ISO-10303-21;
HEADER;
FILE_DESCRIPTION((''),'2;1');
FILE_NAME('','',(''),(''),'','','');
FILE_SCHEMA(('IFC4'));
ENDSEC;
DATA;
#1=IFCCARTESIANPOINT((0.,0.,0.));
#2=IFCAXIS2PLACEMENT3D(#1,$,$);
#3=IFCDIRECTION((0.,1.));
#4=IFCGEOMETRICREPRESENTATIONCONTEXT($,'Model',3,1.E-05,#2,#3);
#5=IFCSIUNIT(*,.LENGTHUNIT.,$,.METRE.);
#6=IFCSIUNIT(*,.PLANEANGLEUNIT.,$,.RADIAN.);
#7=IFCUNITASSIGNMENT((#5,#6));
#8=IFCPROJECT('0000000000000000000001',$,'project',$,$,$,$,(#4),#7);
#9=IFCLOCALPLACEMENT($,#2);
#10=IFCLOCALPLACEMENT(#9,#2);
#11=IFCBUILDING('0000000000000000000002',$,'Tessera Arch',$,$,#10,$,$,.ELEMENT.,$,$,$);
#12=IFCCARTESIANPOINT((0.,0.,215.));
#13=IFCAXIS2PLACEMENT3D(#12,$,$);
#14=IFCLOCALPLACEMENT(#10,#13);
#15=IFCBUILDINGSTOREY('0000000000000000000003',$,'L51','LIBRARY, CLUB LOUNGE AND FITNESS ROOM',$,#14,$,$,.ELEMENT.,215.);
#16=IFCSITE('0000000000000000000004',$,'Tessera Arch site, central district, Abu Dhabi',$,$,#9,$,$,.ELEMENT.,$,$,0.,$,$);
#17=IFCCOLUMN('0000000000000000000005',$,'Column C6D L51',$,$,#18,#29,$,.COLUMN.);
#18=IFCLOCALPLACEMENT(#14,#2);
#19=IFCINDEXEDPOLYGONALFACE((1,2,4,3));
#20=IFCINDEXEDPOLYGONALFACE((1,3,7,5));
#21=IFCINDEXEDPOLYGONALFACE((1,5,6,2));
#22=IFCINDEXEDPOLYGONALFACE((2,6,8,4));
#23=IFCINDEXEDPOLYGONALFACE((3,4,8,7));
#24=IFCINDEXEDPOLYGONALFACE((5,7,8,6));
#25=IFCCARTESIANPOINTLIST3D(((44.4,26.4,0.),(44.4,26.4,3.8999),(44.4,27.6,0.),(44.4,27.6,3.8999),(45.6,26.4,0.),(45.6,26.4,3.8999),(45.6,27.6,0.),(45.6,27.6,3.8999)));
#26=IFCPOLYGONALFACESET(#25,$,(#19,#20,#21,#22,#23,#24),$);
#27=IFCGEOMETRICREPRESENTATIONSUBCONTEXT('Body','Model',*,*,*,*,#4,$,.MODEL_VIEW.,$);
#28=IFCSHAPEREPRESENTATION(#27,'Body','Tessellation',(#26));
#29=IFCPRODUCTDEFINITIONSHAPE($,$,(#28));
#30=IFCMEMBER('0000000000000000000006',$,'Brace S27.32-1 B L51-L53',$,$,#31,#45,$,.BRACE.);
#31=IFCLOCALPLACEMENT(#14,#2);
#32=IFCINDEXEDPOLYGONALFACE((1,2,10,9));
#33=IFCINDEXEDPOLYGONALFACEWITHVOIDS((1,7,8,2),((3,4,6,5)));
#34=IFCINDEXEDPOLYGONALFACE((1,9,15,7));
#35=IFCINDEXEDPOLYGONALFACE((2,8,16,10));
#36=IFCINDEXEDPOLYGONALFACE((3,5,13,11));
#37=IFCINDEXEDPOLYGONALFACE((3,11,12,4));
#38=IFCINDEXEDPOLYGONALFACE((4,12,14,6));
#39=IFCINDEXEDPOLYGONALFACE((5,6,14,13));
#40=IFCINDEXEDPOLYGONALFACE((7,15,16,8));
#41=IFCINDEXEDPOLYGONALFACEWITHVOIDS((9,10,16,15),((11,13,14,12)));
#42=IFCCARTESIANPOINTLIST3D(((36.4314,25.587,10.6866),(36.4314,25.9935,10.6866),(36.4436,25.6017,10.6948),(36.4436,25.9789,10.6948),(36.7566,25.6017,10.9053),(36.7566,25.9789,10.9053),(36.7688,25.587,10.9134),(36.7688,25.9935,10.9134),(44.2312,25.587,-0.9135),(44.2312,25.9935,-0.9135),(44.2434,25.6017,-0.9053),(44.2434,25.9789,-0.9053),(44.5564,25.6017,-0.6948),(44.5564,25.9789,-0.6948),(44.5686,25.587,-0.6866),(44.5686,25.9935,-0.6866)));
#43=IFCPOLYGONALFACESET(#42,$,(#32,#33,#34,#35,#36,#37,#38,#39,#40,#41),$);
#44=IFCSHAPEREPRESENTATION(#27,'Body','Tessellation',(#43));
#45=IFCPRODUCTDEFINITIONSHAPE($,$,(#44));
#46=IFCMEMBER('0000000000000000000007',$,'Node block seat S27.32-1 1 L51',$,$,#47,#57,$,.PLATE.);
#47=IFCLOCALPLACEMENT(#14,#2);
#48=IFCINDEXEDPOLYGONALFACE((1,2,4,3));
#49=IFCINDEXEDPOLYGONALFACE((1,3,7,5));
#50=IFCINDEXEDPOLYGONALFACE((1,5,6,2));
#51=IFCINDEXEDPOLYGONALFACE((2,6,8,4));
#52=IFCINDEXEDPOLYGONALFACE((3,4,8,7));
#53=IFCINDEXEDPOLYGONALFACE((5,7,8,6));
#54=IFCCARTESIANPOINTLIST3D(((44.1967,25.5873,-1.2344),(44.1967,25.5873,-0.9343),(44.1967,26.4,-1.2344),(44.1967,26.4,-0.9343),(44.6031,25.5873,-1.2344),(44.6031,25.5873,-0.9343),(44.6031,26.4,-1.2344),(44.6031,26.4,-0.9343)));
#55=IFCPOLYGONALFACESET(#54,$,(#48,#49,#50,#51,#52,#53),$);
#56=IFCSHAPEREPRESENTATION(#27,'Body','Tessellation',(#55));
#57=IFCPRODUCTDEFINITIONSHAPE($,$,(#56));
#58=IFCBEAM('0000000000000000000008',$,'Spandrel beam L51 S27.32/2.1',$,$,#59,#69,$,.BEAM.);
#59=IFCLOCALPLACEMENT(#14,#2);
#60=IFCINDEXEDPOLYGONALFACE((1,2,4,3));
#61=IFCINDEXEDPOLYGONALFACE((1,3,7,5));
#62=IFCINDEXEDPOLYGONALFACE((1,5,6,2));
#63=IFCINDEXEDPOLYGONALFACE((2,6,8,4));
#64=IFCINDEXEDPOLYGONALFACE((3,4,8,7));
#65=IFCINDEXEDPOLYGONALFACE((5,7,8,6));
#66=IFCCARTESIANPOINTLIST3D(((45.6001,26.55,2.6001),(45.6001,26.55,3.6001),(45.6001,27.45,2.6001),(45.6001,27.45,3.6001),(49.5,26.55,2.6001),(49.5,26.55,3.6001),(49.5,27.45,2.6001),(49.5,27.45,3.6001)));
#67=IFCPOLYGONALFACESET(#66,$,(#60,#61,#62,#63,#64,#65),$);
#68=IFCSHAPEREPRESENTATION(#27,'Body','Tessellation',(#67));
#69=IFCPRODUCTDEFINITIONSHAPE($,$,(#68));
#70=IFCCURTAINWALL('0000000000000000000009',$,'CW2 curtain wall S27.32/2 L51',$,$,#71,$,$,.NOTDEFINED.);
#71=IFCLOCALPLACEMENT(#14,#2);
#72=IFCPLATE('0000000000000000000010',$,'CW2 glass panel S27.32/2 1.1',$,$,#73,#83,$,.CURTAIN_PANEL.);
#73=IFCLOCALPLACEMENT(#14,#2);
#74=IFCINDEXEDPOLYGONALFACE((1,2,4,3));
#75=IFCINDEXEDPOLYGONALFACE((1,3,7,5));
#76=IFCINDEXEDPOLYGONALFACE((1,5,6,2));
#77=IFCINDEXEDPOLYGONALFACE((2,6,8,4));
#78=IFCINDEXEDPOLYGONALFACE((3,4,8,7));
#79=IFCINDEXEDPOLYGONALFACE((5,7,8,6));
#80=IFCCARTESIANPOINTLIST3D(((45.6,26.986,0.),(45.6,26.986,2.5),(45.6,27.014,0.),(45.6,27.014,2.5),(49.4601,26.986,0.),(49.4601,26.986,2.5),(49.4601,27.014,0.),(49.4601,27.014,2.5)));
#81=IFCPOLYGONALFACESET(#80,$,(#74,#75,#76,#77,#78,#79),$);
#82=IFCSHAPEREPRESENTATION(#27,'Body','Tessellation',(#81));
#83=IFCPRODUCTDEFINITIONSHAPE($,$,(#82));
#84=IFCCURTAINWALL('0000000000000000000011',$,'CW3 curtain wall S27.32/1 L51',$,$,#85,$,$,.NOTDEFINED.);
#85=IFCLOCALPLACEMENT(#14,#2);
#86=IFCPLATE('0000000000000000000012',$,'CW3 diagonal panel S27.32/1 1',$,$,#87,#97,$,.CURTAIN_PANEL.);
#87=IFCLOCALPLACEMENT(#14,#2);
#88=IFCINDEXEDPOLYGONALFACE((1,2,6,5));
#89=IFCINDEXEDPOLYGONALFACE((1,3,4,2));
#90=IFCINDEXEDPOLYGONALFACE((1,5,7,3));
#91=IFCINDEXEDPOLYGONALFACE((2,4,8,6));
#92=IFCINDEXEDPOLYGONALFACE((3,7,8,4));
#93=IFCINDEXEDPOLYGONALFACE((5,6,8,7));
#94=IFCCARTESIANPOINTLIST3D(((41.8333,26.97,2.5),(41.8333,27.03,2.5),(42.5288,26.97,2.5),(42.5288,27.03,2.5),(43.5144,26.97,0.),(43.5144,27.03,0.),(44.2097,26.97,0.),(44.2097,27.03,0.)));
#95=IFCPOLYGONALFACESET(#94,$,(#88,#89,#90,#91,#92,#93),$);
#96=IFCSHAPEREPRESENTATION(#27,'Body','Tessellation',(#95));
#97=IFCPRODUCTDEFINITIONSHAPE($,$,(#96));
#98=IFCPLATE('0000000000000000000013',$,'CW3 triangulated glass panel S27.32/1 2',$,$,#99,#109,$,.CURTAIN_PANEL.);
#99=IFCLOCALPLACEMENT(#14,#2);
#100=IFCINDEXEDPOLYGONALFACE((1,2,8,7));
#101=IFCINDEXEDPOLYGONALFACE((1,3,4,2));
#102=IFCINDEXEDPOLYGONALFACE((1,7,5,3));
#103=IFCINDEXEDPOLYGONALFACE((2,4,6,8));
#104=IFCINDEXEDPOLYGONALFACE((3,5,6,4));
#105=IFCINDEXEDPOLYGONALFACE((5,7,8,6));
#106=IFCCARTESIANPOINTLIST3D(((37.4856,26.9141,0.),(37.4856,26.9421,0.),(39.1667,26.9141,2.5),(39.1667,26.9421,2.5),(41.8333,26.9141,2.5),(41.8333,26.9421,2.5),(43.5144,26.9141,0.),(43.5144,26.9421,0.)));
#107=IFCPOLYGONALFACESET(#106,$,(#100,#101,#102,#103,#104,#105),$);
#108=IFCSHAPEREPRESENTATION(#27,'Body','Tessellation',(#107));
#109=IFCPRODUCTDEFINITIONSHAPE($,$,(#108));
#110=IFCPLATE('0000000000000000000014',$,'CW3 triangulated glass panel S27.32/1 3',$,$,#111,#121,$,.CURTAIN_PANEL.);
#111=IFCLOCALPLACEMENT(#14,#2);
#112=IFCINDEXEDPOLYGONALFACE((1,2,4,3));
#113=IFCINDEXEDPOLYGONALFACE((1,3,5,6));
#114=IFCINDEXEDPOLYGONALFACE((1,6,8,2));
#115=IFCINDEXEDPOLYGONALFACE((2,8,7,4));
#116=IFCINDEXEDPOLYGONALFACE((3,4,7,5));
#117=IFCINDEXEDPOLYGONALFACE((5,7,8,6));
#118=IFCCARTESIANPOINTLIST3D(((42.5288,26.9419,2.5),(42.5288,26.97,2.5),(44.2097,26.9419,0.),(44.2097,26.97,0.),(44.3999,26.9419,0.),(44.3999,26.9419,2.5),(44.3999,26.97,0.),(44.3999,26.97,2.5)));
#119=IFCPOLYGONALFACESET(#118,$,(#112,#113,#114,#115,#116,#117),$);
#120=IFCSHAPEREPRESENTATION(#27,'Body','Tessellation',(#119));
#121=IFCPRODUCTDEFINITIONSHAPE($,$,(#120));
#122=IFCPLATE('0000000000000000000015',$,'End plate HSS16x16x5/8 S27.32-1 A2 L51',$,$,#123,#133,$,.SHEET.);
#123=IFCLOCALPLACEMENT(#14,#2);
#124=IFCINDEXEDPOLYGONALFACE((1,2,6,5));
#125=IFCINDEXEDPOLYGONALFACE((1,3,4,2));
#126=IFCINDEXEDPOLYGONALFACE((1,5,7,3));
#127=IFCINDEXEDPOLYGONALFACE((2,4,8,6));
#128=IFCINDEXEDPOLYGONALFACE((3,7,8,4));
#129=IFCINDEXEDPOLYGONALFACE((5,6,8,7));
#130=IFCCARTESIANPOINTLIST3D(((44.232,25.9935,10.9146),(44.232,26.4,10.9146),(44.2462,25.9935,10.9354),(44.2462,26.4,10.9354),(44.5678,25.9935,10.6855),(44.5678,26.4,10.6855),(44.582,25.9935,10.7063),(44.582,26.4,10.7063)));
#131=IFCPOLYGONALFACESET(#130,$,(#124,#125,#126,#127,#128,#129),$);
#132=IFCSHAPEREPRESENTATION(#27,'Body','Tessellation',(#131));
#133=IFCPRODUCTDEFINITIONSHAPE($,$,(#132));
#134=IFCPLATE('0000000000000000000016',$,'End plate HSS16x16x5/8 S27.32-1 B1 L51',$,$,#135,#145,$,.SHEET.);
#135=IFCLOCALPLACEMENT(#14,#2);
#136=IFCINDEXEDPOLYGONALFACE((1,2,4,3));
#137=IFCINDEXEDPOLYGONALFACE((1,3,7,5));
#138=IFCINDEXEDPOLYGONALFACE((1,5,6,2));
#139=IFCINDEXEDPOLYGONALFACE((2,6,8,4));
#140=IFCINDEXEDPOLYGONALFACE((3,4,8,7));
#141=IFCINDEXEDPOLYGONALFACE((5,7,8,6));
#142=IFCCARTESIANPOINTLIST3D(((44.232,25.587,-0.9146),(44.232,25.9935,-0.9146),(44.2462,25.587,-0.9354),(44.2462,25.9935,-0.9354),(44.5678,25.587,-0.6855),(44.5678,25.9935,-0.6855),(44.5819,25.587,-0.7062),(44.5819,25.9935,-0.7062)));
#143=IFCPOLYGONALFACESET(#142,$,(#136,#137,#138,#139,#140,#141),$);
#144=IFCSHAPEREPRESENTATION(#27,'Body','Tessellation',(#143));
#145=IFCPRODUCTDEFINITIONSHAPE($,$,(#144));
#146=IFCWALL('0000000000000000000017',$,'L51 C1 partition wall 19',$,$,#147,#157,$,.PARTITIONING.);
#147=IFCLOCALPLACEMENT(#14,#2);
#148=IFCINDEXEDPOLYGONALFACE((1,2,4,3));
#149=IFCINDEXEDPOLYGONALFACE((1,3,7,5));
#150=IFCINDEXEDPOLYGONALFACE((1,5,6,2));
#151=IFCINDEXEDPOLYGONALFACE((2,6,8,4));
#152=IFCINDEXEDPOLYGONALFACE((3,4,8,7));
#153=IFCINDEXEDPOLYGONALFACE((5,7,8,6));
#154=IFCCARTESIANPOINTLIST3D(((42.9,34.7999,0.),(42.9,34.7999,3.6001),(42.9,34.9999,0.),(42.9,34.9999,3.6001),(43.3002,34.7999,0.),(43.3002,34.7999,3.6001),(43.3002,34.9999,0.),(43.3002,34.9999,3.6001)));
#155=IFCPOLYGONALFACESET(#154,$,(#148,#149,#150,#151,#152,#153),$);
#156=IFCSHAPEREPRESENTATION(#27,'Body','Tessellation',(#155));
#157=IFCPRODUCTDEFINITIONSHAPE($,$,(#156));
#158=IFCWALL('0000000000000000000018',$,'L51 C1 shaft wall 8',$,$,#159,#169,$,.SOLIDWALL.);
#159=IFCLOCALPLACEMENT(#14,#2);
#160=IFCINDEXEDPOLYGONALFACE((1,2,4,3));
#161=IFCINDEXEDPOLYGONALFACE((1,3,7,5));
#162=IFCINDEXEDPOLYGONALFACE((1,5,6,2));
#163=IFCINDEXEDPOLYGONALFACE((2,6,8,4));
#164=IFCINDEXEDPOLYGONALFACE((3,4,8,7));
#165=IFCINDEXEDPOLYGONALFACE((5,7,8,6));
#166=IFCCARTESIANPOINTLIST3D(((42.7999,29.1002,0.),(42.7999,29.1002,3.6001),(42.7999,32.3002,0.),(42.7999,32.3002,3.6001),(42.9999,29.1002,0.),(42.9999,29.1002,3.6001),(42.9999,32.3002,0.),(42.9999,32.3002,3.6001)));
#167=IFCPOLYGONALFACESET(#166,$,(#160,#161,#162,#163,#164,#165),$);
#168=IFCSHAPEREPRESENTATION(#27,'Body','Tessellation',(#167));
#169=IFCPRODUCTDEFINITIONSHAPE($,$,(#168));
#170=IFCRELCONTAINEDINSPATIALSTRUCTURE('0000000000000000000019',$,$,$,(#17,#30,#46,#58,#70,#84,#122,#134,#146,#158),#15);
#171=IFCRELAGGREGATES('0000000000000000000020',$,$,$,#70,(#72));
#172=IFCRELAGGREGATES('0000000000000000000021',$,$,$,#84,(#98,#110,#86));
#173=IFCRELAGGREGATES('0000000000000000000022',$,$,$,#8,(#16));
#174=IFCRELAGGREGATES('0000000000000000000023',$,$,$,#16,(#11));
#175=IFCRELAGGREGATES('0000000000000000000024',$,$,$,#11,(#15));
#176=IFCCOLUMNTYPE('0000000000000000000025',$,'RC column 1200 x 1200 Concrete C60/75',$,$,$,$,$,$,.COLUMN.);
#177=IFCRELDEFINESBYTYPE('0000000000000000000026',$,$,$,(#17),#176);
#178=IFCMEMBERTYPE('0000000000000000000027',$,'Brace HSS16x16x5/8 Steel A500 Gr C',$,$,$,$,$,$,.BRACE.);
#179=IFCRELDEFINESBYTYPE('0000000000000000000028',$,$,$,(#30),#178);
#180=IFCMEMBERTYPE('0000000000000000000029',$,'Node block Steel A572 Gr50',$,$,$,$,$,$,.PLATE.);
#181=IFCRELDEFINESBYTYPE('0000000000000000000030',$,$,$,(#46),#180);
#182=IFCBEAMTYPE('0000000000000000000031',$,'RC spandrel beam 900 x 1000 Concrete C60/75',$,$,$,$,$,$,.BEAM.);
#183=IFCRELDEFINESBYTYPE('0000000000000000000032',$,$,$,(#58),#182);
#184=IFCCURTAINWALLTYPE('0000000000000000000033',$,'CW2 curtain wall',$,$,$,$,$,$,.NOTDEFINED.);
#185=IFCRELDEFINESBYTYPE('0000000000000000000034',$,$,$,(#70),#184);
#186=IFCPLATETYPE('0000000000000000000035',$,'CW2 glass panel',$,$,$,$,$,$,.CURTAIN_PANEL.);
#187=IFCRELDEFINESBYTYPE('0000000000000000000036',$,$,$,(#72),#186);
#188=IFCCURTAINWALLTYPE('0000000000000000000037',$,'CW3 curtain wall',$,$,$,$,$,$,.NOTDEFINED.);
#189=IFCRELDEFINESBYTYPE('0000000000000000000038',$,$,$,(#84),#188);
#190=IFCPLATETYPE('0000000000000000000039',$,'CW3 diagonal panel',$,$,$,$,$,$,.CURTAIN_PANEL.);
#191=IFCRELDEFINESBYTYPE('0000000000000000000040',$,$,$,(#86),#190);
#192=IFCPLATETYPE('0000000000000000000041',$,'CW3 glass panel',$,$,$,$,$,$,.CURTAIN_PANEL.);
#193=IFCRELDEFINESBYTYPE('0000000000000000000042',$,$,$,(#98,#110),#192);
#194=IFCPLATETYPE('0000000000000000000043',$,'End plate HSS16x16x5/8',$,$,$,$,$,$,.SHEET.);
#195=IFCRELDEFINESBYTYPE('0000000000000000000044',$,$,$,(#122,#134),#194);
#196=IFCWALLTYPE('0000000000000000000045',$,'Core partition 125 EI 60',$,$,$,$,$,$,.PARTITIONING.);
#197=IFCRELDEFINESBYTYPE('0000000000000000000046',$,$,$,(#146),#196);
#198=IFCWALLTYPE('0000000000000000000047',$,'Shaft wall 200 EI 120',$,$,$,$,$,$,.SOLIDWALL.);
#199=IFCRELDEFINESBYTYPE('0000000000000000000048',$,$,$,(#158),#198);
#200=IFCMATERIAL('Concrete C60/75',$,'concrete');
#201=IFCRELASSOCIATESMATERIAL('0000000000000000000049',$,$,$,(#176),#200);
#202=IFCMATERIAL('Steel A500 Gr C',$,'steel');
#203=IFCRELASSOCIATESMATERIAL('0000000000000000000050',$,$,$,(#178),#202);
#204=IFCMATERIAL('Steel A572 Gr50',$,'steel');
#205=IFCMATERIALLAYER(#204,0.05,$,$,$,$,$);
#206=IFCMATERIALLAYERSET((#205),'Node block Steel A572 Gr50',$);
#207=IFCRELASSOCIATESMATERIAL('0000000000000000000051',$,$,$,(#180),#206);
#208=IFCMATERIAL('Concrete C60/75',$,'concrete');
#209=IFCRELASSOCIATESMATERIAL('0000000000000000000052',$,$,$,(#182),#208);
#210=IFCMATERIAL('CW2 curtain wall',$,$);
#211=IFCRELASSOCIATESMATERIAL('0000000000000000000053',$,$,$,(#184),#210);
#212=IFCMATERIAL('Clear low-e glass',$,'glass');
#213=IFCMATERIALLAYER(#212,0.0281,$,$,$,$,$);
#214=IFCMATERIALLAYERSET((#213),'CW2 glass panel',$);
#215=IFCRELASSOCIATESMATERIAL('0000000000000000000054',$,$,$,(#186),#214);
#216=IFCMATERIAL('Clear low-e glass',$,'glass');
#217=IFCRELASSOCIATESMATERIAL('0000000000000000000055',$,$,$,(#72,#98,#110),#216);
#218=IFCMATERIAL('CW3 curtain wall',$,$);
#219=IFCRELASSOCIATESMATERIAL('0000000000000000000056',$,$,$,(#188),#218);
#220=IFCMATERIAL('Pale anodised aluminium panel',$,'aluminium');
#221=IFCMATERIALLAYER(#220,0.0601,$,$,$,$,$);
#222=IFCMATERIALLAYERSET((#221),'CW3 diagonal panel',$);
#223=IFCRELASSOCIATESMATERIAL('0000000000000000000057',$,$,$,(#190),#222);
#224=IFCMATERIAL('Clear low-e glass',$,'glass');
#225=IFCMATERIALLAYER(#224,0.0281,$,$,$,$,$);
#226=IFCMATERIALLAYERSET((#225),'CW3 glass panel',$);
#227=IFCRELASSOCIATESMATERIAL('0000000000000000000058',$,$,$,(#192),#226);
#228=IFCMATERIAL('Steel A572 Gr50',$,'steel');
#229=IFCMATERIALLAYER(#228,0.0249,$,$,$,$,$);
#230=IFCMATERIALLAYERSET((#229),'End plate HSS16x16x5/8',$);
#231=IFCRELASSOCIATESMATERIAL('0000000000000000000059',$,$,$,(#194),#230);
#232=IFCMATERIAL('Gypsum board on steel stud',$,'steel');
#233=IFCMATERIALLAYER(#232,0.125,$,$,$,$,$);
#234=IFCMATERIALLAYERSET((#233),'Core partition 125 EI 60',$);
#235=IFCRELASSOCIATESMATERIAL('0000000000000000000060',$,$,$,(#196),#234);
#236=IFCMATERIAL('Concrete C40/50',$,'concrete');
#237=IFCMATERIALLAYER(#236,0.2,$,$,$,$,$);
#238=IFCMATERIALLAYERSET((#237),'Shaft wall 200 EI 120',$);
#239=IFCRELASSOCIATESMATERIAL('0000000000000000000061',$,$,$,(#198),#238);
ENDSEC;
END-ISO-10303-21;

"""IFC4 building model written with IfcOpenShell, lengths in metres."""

from ifc_helpers import new_model, si_unit, direction, frame, frame_2d, origin, origin_2d, place, context, subcontext, project, spatial, polyline, rectangle, hollow_rectangle, outline, extrude, material, layer, layer_set, material_profile, profile_set, type_object, element, aggregate, save


model = new_model("IFC4")

# Units and contexts
model_context = context("Model", 3, precision=1e-05, world=origin(), true_north=direction((0.0, 1.0)))
body_context = subcontext(model_context, "Body", "Model", "MODEL_VIEW")
ifc_project = project(units=[si_unit("LENGTHUNIT", "METRE"), si_unit("PLANEANGLEUNIT", "RADIAN")], contexts=[model_context])

# Site, building, storey
site_placement = place(None, origin())
site = spatial("IfcSite", under=ifc_project, at=site_placement, Name="Tessera Arch site, central district, Abu Dhabi", CompositionType="ELEMENT", RefElevation=0.0)
building_placement = place(site_placement, origin())
building = spatial("IfcBuilding", under=site, at=building_placement, Name="Tessera Arch", CompositionType="ELEMENT")
storey_placement = place(building_placement, frame((0.0, 0.0, 215.0)))
storey = spatial("IfcBuildingStorey", under=building, at=storey_placement, Name="L51", Description="LIBRARY, CLUB LOUNGE AND FITNESS ROOM", CompositionType="ELEMENT", Elevation=215.0)

# Column
ifc_material_1 = material(Name="Concrete C60/75", Category="concrete")
ifc_material_profile_1 = material_profile(ifc_material_1, rectangle(XDim=1.2, YDim=1.2, at=origin_2d()), Name="RC column 1200 x 1200 Concrete C60/75")
ifc_profile_set_1 = profile_set([ifc_material_profile_1], Name="Concrete C60/75")
column_type = type_object("IfcColumnType", Name="RC column 1200 x 1200 Concrete C60/75", PredefinedType="COLUMN", material=ifc_profile_set_1)
column_placement = place(storey_placement, frame((45.0, 27.0, 0.0), z_axis=(0.0, 0.0, 1.0), x_axis=(1.0, 0.0, 0.0)))
element("IfcColumn", 1, at=column_placement, inside=storey, type_object=column_type, Name="Column C6D L51", PredefinedType="COLUMN", context=body_context, shape_type="SweptSolid", body=[
    extrude(rectangle(XDim=1.2, YDim=1.2, at=origin_2d()), origin(), (0.0, 0.0, 1.0), 3.8999),
])

# Members
ifc_material_2 = material(Name="Steel A500 Gr C", Category="steel")
ifc_material_profile_2 = material_profile(ifc_material_2, hollow_rectangle(XDim=0.4065, YDim=0.4065, WallThickness=0.0146, at=origin_2d()), Name="HSS16x16x5/8")
ifc_profile_set_2 = profile_set([ifc_material_profile_2], Name="Steel A500 Gr C")
member_type_1 = type_object("IfcMemberType", Name="Brace HSS16x16x5/8 Steel A500 Gr C", PredefinedType="BRACE", material=ifc_profile_set_2)
member_1_placement = place(storey_placement, frame((44.3999, 25.7903, -0.8), z_axis=(-0.557985, 0.0, 0.829851), x_axis=(0.0, -1.0, 0.0)))
element("IfcMember", 2, at=member_1_placement, inside=storey, type_object=member_type_1, Name="Brace S27.32-1 B L51-L53", PredefinedType="BRACE", context=body_context, shape_type="SweptSolid", body=[
    extrude(hollow_rectangle(XDim=0.4065, YDim=0.4065, WallThickness=0.0146, at=origin_2d()), origin(), (0.0, 0.0, 1.0), 13.9785),
])
ifc_material_3 = material(Name="Steel A572 Gr50", Category="steel")
ifc_layer_1 = layer(ifc_material_3, 0.05)
ifc_layer_set_1 = layer_set([ifc_layer_1], Name="Node block Steel A572 Gr50")
member_type_2 = type_object("IfcMemberType", Name="Node block Steel A572 Gr50", PredefinedType="PLATE", material=ifc_layer_set_1)
member_2_placement = place(storey_placement, frame((44.3999, 25.9937, -1.2344), z_axis=(0.0, 0.0, 1.0), x_axis=(1.0, 0.0, 0.0)))
element("IfcMember", 3, at=member_2_placement, inside=storey, type_object=member_type_2, Name="Node block seat S27.32-1 1 L51", PredefinedType="PLATE", context=body_context, shape_type="SweptSolid", body=[
    extrude(rectangle(XDim=0.4065, YDim=0.8127, at=origin_2d()), origin(), (0.0, 0.0, 1.0), 0.3),
])

# Beam
ifc_material_4 = material(Name="Concrete C60/75", Category="concrete")
ifc_material_profile_3 = material_profile(ifc_material_4, rectangle(XDim=0.8999, YDim=1.0, at=origin_2d()), Name="RC spandrel beam 900 x 1000 Concrete C60/75")
ifc_profile_set_3 = profile_set([ifc_material_profile_3], Name="Concrete C60/75")
beam_type = type_object("IfcBeamType", Name="RC spandrel beam 900 x 1000 Concrete C60/75", PredefinedType="BEAM", material=ifc_profile_set_3)
beam_placement = place(storey_placement, frame((45.6001, 27.0, 3.1001), z_axis=(1.0, 0.0, 0.0), x_axis=(0.0, 1.0, 0.0)))
element("IfcBeam", 4, at=beam_placement, inside=storey, type_object=beam_type, Name="Spandrel beam L51 S27.32/2.1", PredefinedType="BEAM", context=body_context, shape_type="SweptSolid", body=[
    extrude(rectangle(XDim=0.8999, YDim=1.0, at=origin_2d()), origin(), (0.0, 0.0, 1.0), 3.8999),
])

# Curtain wall, plate
ifc_material_5 = material(Name="CW2 curtain wall")
curtain_wall_type_1 = type_object("IfcCurtainWallType", Name="CW2 curtain wall", PredefinedType="NOTDEFINED", material=ifc_material_5)
curtain_wall_1_placement = place(storey_placement, origin())
curtain_wall_1 = element("IfcCurtainWall", 5, at=curtain_wall_1_placement, inside=storey, type_object=curtain_wall_type_1, Name="CW2 curtain wall S27.32/2 L51", PredefinedType="NOTDEFINED")
ifc_material_6 = material(Name="Clear low-e glass", Category="glass")
ifc_material_7 = material(Name="Clear low-e glass", Category="glass")
ifc_layer_2 = layer(ifc_material_7, 0.0281)
ifc_layer_set_2 = layer_set([ifc_layer_2], Name="CW2 glass panel")
plate_type_1 = type_object("IfcPlateType", Name="CW2 glass panel", PredefinedType="CURTAIN_PANEL", material=ifc_layer_set_2)
plate_1_placement = place(storey_placement, frame((47.53, 27.0, 0.0), z_axis=(0.0, 0.0, 1.0), x_axis=(1.0, 0.0, 0.0)))
plate_1 = element("IfcPlate", 6, at=plate_1_placement, type_object=plate_type_1, material=ifc_material_6, Name="CW2 glass panel S27.32/2 1.1", PredefinedType="CURTAIN_PANEL", context=body_context, shape_type="SweptSolid", body=[
    extrude(rectangle(XDim=3.8601, YDim=0.0281, at=origin_2d()), origin(), (0.0, 0.0, 1.0), 2.5),
])
aggregate(curtain_wall_1, [plate_1])

# Curtain wall, plates
ifc_material_8 = material(Name="CW3 curtain wall")
curtain_wall_type_2 = type_object("IfcCurtainWallType", Name="CW3 curtain wall", PredefinedType="NOTDEFINED", material=ifc_material_8)
curtain_wall_2_placement = place(storey_placement, origin())
curtain_wall_2 = element("IfcCurtainWall", 7, at=curtain_wall_2_placement, inside=storey, type_object=curtain_wall_type_2, Name="CW3 curtain wall S27.32/1 L51", PredefinedType="NOTDEFINED")
ifc_material_9 = material(Name="Pale anodised aluminium panel", Category="aluminium")
ifc_layer_3 = layer(ifc_material_9, 0.0601)
ifc_layer_set_3 = layer_set([ifc_layer_3], Name="CW3 diagonal panel")
plate_type_2 = type_object("IfcPlateType", Name="CW3 diagonal panel", PredefinedType="CURTAIN_PANEL", material=ifc_layer_set_3)
plate_2_placement = place(storey_placement, frame((42.5288, 26.97, 2.5), z_axis=(0.0, -1.0, 0.0), x_axis=(-1.0, 0.0, 0.0)))
plate_2 = element("IfcPlate", 8, at=plate_2_placement, type_object=plate_type_2, Name="CW3 diagonal panel S27.32/1 1", PredefinedType="CURTAIN_PANEL", context=body_context, shape_type="SweptSolid", body=[
    extrude(outline(polyline([(0.0, 0.0), (0.6956, 0.0), (-0.9856, 2.5), (-1.6809, 2.5), (0.0, 0.0)])), origin(), (0.0, 0.0, -1.0), 0.0601),
])
ifc_material_10 = material(Name="Clear low-e glass", Category="glass")
ifc_layer_4 = layer(ifc_material_10, 0.0281)
ifc_layer_set_4 = layer_set([ifc_layer_4], Name="CW3 glass panel")
plate_type_3 = type_object("IfcPlateType", Name="CW3 glass panel", PredefinedType="CURTAIN_PANEL", material=ifc_layer_set_4)
plate_3_placement = place(storey_placement, frame((41.8333, 26.9141, 2.5), z_axis=(0.0, -1.0, 0.0), x_axis=(-1.0, 0.0, 0.0)))
plate_3 = element("IfcPlate", 9, at=plate_3_placement, type_object=plate_type_3, material=ifc_material_6, Name="CW3 triangulated glass panel S27.32/1 2", PredefinedType="CURTAIN_PANEL", context=body_context, shape_type="SweptSolid", body=[
    extrude(outline(polyline([(0.0, 0.0), (2.6665, 0.0), (4.3477, 2.5), (-1.6812, 2.5), (0.0, 0.0)])), origin(), (0.0, 0.0, -1.0), 0.0281),
])
plate_4_placement = place(storey_placement, frame((44.3999, 26.9419, 2.5), z_axis=(0.0, -1.0, 0.0), x_axis=(-1.0, 0.0, 0.0)))
plate_4 = element("IfcPlate", 10, at=plate_4_placement, type_object=plate_type_3, material=ifc_material_6, Name="CW3 triangulated glass panel S27.32/1 3", PredefinedType="CURTAIN_PANEL", context=body_context, shape_type="SweptSolid", body=[
    extrude(outline(polyline([(0.0, 0.0), (1.8711, 0.0), (0.1902, 2.5), (0.0, 2.5), (0.0, 0.0)])), origin(), (0.0, 0.0, -1.0), 0.0281),
])
aggregate(curtain_wall_2, [plate_3, plate_4, plate_2])

# Plates
ifc_material_11 = material(Name="Steel A572 Gr50", Category="steel")
ifc_layer_5 = layer(ifc_material_11, 0.0249)
ifc_layer_set_5 = layer_set([ifc_layer_5], Name="End plate HSS16x16x5/8")
plate_type_4 = type_object("IfcPlateType", Name="End plate HSS16x16x5/8", PredefinedType="SHEET", material=ifc_layer_set_5)
for number, where, z_axis, x_axis, name in (
    (11, (44.3999, 26.1968, 10.8), (0.563638, 0.0, 0.826022), (0.0, 1.0, 0.0), "End plate HSS16x16x5/8 S27.32-1 A2 L51"),
    (12, (44.4141, 25.7903, -0.8208), (-0.563638, 0.0, 0.826022), (0.0, -1.0, 0.0), "End plate HSS16x16x5/8 S27.32-1 B1 L51"),
):
    element("IfcPlate", number, at=place(storey_placement, frame(where, z_axis=z_axis, x_axis=x_axis)), inside=storey, type_object=plate_type_4, Name=name, PredefinedType="SHEET", context=body_context, shape_type="SweptSolid", body=[
        extrude(rectangle(XDim=0.4065, YDim=0.4065, at=origin_2d()), origin(), (0.0, 0.0, 1.0), 0.0251),
    ])

# Walls
ifc_material_12 = material(Name="Gypsum board on steel stud", Category="steel")
ifc_layer_6 = layer(ifc_material_12, 0.125)
ifc_layer_set_6 = layer_set([ifc_layer_6], Name="Core partition 125 EI 60")
wall_type_1 = type_object("IfcWallType", Name="Core partition 125 EI 60", PredefinedType="PARTITIONING", material=ifc_layer_set_6)
wall_1_placement = place(storey_placement, frame((42.8999, 34.8999, 0.0), z_axis=(0.0, 0.0, 1.0), x_axis=(1.0, 0.0, 0.0)))
element("IfcWall", 13, at=wall_1_placement, inside=storey, type_object=wall_type_1, Name="L51 C1 partition wall 19", PredefinedType="PARTITIONING", context=body_context, shape_type="SweptSolid", body=[
    extrude(rectangle(XDim=0.4001, YDim=0.2, at=frame_2d((0.2002, 0.0))), origin(), (0.0, 0.0, 1.0), 3.6001),
])
ifc_material_13 = material(Name="Concrete C40/50", Category="concrete")
ifc_layer_7 = layer(ifc_material_13, 0.2)
ifc_layer_set_7 = layer_set([ifc_layer_7], Name="Shaft wall 200 EI 120")
wall_type_2 = type_object("IfcWallType", Name="Shaft wall 200 EI 120", PredefinedType="SOLIDWALL", material=ifc_layer_set_7)
wall_2_placement = place(storey_placement, frame((42.8999, 29.1001, 0.0), z_axis=(0.0, 0.0, 1.0), x_axis=(0.0, 1.0, 0.0)))
element("IfcWall", 14, at=wall_2_placement, inside=storey, type_object=wall_type_2, Name="L51 C1 shaft wall 8", PredefinedType="SOLIDWALL", context=body_context, shape_type="SweptSolid", body=[
    extrude(rectangle(XDim=3.2, YDim=0.2, at=frame_2d((1.6001, 0.0))), origin(), (0.0, 0.0, 1.0), 3.6001),
])

save(model, "model.ifc")
